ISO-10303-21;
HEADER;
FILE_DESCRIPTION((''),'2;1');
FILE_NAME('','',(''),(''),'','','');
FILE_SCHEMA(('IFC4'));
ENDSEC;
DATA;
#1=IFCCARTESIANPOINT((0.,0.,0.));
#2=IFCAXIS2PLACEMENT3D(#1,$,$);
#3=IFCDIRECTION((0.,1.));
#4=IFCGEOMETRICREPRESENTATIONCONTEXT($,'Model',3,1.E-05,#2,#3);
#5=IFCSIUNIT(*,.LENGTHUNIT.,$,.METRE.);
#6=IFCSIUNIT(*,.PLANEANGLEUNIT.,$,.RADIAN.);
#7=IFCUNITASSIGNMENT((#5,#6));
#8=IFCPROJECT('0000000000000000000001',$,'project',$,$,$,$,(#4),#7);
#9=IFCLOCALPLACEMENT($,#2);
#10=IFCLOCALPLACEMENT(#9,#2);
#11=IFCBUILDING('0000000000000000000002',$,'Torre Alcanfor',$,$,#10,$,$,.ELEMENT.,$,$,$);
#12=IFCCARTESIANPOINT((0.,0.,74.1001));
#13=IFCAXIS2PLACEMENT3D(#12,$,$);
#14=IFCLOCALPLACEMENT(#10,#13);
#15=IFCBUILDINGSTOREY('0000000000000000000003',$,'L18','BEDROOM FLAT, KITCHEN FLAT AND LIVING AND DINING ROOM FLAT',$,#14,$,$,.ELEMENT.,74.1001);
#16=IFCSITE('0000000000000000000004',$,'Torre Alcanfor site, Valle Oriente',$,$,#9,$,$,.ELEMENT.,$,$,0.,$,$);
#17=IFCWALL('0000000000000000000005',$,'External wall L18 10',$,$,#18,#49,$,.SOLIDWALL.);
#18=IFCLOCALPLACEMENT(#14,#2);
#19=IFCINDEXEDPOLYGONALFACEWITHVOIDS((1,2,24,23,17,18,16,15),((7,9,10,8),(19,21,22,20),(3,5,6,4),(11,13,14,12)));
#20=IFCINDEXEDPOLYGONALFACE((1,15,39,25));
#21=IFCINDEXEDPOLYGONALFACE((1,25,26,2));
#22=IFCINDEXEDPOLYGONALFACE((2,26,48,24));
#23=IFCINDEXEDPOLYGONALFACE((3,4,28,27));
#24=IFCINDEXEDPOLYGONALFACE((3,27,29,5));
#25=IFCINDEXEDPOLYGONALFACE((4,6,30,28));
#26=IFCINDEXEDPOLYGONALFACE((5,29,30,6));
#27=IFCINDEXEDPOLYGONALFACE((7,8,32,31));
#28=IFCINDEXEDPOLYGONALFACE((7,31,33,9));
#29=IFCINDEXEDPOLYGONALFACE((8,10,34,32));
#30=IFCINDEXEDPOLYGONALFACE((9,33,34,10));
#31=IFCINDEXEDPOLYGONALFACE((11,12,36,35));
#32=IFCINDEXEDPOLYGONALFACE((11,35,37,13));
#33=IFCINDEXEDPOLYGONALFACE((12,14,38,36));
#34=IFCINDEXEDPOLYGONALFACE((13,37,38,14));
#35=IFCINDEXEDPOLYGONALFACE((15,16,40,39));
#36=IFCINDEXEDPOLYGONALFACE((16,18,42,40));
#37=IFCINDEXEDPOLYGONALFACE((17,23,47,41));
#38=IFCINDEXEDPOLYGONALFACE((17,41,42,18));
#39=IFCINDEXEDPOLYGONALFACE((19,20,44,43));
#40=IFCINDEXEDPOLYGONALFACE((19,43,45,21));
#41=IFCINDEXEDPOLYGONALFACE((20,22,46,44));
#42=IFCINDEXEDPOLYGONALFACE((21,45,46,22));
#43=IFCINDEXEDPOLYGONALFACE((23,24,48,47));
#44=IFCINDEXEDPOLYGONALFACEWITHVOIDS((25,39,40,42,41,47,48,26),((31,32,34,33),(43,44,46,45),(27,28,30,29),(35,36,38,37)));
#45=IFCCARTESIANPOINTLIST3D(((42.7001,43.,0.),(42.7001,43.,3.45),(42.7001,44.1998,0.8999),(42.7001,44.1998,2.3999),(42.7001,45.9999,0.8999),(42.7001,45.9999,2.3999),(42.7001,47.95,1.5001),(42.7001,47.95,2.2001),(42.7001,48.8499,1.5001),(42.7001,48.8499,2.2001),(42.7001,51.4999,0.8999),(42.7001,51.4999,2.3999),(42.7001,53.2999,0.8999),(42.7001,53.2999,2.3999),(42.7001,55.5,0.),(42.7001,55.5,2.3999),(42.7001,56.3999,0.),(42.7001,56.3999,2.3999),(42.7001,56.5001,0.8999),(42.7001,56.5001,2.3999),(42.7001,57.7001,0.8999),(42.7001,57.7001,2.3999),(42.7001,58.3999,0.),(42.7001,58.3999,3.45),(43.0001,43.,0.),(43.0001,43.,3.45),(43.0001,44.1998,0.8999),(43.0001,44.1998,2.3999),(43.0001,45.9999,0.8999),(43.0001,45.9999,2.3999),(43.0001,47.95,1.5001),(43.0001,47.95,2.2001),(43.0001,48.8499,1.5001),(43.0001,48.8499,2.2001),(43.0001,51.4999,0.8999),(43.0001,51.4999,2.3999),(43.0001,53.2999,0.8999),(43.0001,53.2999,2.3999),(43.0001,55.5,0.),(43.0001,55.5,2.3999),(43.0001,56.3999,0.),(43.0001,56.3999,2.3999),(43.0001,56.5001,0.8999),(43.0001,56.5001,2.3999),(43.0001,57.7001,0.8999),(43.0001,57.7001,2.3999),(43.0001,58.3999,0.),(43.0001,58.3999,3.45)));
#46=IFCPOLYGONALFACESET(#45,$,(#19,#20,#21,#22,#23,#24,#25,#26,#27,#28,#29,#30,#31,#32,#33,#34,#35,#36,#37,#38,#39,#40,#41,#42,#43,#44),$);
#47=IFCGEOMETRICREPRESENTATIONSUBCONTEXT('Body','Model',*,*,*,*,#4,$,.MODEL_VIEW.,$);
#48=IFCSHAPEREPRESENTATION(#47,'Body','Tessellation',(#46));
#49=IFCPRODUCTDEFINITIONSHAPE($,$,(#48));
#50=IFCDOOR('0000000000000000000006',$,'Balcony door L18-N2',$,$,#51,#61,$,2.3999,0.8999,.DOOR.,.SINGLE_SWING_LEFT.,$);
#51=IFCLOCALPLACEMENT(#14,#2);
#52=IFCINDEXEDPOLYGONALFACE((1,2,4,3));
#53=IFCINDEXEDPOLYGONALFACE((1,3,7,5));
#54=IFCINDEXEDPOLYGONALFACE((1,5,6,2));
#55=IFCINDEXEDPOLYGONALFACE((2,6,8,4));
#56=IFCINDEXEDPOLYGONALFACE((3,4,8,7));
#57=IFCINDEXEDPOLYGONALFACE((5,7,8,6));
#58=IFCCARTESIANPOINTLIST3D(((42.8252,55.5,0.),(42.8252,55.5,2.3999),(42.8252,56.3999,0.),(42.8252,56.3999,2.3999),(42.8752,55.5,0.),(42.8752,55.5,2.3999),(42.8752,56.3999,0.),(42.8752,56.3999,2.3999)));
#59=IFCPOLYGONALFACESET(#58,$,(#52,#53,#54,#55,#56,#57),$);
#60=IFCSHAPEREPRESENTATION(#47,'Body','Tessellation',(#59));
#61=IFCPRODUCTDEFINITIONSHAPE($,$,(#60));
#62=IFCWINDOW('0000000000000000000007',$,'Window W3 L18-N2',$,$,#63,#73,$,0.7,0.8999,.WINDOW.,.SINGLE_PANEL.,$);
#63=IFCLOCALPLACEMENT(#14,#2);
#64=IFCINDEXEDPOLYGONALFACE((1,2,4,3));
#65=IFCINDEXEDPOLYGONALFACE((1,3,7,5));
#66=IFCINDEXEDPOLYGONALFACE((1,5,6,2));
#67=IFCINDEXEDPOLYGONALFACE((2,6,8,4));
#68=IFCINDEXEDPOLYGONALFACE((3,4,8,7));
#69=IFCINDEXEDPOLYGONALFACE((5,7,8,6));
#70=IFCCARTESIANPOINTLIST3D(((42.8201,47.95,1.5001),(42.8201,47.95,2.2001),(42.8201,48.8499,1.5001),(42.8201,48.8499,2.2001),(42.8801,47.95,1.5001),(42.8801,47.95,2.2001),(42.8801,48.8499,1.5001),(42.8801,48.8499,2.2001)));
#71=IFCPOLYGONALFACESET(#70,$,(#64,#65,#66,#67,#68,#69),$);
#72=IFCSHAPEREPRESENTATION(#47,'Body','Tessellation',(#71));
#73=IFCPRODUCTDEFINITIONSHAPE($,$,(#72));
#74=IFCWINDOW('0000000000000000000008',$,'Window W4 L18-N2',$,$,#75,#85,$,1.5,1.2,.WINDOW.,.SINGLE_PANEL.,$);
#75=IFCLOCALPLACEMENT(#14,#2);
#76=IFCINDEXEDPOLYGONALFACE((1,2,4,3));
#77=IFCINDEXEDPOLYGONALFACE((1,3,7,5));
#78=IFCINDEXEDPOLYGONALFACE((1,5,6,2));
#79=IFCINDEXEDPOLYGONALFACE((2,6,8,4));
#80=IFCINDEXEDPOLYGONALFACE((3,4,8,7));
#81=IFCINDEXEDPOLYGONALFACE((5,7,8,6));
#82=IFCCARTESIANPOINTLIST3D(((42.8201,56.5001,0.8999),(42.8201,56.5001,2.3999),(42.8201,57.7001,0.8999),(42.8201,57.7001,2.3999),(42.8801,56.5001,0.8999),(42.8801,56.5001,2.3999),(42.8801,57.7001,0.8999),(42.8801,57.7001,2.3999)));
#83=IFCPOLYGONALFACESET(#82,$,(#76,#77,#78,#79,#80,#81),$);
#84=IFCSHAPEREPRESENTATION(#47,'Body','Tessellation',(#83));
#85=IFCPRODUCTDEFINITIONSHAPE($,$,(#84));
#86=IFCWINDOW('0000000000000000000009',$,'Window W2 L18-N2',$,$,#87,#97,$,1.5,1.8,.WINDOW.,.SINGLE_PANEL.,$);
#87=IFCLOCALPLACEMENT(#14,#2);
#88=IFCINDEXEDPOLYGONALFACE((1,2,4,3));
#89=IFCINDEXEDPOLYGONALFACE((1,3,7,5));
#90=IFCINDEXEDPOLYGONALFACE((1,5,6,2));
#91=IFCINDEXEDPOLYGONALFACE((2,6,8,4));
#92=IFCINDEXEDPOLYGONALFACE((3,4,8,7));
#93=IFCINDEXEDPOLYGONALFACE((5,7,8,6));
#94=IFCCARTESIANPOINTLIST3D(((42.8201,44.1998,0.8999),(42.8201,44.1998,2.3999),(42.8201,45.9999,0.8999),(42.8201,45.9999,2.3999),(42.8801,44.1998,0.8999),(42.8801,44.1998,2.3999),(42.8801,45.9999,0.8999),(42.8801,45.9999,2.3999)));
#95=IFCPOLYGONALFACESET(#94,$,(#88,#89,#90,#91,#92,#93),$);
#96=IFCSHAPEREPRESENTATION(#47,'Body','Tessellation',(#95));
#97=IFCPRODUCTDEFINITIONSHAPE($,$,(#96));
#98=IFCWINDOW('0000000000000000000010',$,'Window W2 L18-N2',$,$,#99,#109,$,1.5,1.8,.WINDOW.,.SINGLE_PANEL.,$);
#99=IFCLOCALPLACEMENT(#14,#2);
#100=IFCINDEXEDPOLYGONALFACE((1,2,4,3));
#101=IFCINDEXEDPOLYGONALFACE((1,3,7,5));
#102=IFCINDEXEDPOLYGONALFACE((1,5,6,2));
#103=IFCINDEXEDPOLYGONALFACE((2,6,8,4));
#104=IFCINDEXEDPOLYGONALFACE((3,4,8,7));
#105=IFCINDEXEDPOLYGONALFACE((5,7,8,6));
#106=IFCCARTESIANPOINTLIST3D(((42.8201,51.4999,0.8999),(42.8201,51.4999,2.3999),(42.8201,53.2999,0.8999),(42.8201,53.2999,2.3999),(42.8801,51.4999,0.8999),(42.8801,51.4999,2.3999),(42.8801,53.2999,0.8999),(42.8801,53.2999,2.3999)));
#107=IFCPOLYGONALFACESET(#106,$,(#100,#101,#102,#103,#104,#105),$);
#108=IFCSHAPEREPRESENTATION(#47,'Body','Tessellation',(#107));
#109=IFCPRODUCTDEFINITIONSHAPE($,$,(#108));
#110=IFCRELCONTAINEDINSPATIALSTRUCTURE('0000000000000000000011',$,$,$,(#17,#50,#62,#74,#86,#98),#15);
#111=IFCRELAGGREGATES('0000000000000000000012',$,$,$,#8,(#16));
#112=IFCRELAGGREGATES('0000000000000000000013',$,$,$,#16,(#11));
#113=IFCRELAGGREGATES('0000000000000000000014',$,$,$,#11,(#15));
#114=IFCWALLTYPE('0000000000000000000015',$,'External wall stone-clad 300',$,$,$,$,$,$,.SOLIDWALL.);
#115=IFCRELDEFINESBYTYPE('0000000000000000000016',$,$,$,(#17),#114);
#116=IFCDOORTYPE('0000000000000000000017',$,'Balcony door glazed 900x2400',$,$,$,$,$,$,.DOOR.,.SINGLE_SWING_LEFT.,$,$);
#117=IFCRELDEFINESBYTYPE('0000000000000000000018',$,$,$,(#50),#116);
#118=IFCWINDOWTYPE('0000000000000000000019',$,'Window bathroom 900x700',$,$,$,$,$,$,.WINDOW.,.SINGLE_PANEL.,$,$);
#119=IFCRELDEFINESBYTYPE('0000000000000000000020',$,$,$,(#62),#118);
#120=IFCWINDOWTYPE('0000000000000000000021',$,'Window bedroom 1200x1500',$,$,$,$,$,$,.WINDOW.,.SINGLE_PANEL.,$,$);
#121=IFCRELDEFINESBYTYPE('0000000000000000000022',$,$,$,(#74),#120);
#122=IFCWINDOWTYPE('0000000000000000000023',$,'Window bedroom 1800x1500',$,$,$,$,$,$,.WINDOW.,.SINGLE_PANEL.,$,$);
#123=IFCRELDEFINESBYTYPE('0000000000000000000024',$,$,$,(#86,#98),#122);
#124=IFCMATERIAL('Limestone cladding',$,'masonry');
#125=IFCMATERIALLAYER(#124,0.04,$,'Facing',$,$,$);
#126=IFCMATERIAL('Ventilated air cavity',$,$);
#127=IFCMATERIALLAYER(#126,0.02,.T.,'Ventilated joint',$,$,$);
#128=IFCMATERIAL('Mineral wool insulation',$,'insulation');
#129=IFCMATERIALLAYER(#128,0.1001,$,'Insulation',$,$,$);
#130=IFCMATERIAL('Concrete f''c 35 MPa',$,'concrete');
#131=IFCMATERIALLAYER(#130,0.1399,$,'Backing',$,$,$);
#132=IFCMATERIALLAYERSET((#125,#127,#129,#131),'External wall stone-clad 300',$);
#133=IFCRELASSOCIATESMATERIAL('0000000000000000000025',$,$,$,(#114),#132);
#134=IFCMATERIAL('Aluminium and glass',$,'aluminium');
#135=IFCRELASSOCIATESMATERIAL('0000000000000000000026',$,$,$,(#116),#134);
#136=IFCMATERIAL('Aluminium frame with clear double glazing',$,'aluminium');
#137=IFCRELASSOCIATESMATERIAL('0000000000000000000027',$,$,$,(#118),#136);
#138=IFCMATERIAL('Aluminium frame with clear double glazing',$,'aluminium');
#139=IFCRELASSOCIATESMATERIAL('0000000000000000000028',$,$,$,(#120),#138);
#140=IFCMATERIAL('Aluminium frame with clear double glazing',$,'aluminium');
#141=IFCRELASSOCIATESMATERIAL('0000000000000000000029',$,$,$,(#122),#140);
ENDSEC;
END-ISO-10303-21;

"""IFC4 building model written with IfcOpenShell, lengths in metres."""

from ifc_helpers import new_model, si_unit, direction, frame, frame_2d, origin, place, context, subcontext, project, spatial, rectangle, extrude, material, layer, layer_set, type_object, element, fill, save


model = new_model("IFC4")

# Units and contexts
model_context = context("Model", 3, precision=1e-05, world=origin(), true_north=direction((0.0, 1.0)))
body_context = subcontext(model_context, "Body", "Model", "MODEL_VIEW")
ifc_project = project(units=[si_unit("LENGTHUNIT", "METRE"), si_unit("PLANEANGLEUNIT", "RADIAN")], contexts=[model_context])

# Site, building, storey
site_placement = place(None, origin())
site = spatial("IfcSite", under=ifc_project, at=site_placement, Name="Torre Alcanfor site, Valle Oriente", CompositionType="ELEMENT", RefElevation=0.0)
building_placement = place(site_placement, origin())
building = spatial("IfcBuilding", under=site, at=building_placement, Name="Torre Alcanfor", CompositionType="ELEMENT")
storey_placement = place(building_placement, frame((0.0, 0.0, 74.1001)))
storey = spatial("IfcBuildingStorey", under=building, at=storey_placement, Name="L18", Description="BEDROOM FLAT, KITCHEN FLAT AND LIVING AND DINING ROOM FLAT", CompositionType="ELEMENT", Elevation=74.1001)

# Wall, openings, door, windows
ifc_material_1 = material(Name="Limestone cladding", Category="masonry")
ifc_layer_1 = layer(ifc_material_1, 0.04, Name="Facing")
ifc_material_2 = material(Name="Ventilated air cavity")
ifc_layer_2 = layer(ifc_material_2, 0.02, ventilated=True, Name="Ventilated joint")
ifc_material_3 = material(Name="Mineral wool insulation", Category="insulation")
ifc_layer_3 = layer(ifc_material_3, 0.1001, Name="Insulation")
ifc_material_4 = material(Name="Concrete f'c 35 MPa", Category="concrete")
ifc_layer_4 = layer(ifc_material_4, 0.1399, Name="Backing")
ifc_layer_set_1 = layer_set([ifc_layer_1, ifc_layer_2, ifc_layer_3, ifc_layer_4], Name="External wall stone-clad 300")
wall_type_1 = type_object("IfcWallType", Name="External wall stone-clad 300", PredefinedType="SOLIDWALL", material=ifc_layer_set_1)
ifc_material_5 = material(Name="Aluminium and glass", Category="aluminium")
door_type = type_object("IfcDoorType", Name="Balcony door glazed 900x2400", OperationType="SINGLE_SWING_LEFT", PredefinedType="DOOR", material=ifc_material_5)
ifc_material_6 = material(Name="Aluminium frame with clear double glazing", Category="aluminium")
window_type_1 = type_object("IfcWindowType", Name="Window bathroom 900x700", PartitioningType="SINGLE_PANEL", PredefinedType="WINDOW", material=ifc_material_6)
ifc_material_7 = material(Name="Aluminium frame with clear double glazing", Category="aluminium")
window_type_2 = type_object("IfcWindowType", Name="Window bedroom 1200x1500", PartitioningType="SINGLE_PANEL", PredefinedType="WINDOW", material=ifc_material_7)
ifc_material_8 = material(Name="Aluminium frame with clear double glazing", Category="aluminium")
window_type_3 = type_object("IfcWindowType", Name="Window bedroom 1800x1500", PartitioningType="SINGLE_PANEL", PredefinedType="WINDOW", material=ifc_material_8)
wall_1_placement = place(storey_placement, frame((42.8501, 43.0, 0.0), z_axis=(0.0, 0.0, 1.0), x_axis=(0.0, 1.0, 0.0)))
wall_1 = element("IfcWall", 1, at=wall_1_placement, inside=storey, type_object=wall_type_1, Name="External wall L18 10", PredefinedType="SOLIDWALL", context=body_context, shape_type="SweptSolid", body=[
    extrude(rectangle(XDim=15.3999, YDim=0.3, at=frame_2d((7.7, 0.0))), origin(), (0.0, 0.0, 1.0), 3.45),
])
opening_1_placement = place(wall_1_placement, frame((1.2, 0.0, 0.8999)))
opening_1 = element("IfcOpeningElement", 2, at=opening_1_placement, cuts=wall_1, PredefinedType="OPENING", context=body_context, shape_type="SweptSolid", body=[
    extrude(rectangle(XDim=1.8, YDim=1.5, at=frame_2d((0.8999, 0.75))), frame((0.0, 0.1599, 0.0), z_axis=(0.0, -1.0, 0.0), x_axis=(1.0, 0.0, 0.0)), (0.0, 0.0, 1.0), 0.3201),
])
opening_2_placement = place(wall_1_placement, frame((4.95, 0.0, 1.5)))
opening_2 = element("IfcOpeningElement", 3, at=opening_2_placement, cuts=wall_1, PredefinedType="OPENING", context=body_context, shape_type="SweptSolid", body=[
    extrude(rectangle(XDim=0.8999, YDim=0.7, at=frame_2d((0.45, 0.3501))), frame((0.0, 0.1599, 0.0), z_axis=(0.0, -1.0, 0.0), x_axis=(1.0, 0.0, 0.0)), (0.0, 0.0, 1.0), 0.3201),
])
opening_3_placement = place(wall_1_placement, frame((8.5, 0.0, 0.8999)))
opening_3 = element("IfcOpeningElement", 4, at=opening_3_placement, cuts=wall_1, PredefinedType="OPENING", context=body_context, shape_type="SweptSolid", body=[
    extrude(rectangle(XDim=1.8, YDim=1.5, at=frame_2d((0.8999, 0.75))), frame((0.0, 0.1599, 0.0), z_axis=(0.0, -1.0, 0.0), x_axis=(1.0, 0.0, 0.0)), (0.0, 0.0, 1.0), 0.3201),
])
opening_4_placement = place(wall_1_placement, frame((12.5, 0.0, 0.0)))
opening_4 = element("IfcOpeningElement", 5, at=opening_4_placement, cuts=wall_1, PredefinedType="OPENING", context=body_context, shape_type="SweptSolid", body=[
    extrude(rectangle(XDim=0.8999, YDim=2.3999, at=frame_2d((0.45, 1.2))), frame((0.0, 0.1599, 0.0), z_axis=(0.0, -1.0, 0.0), x_axis=(1.0, 0.0, 0.0)), (0.0, 0.0, 1.0), 0.3201),
])
opening_5_placement = place(wall_1_placement, frame((13.5, 0.0, 0.8999)))
opening_5 = element("IfcOpeningElement", 6, at=opening_5_placement, cuts=wall_1, PredefinedType="OPENING", context=body_context, shape_type="SweptSolid", body=[
    extrude(rectangle(XDim=1.2, YDim=1.5, at=frame_2d((0.6001, 0.75))), frame((0.0, 0.1599, 0.0), z_axis=(0.0, -1.0, 0.0), x_axis=(1.0, 0.0, 0.0)), (0.0, 0.0, 1.0), 0.3201),
])
door_1_placement = place(opening_4_placement, origin())
door_1 = element("IfcDoor", 7, at=door_1_placement, inside=storey, type_object=door_type, Name="Balcony door L18-N2", OperationType="SINGLE_SWING_LEFT", OverallHeight=2.3999, OverallWidth=0.8999, PredefinedType="DOOR", context=body_context, shape_type="SweptSolid", body=[
    extrude(rectangle(XDim=0.8999, YDim=2.3999, at=frame_2d((0.45, 1.2))), frame((0.0, 0.0249, 0.0), z_axis=(0.0, -1.0, 0.0), x_axis=(1.0, 0.0, 0.0)), (0.0, 0.0, 1.0), 0.05),
])
fill(opening_4, door_1)
window_1_placement = place(opening_2_placement, origin())
window_1 = element("IfcWindow", 8, at=window_1_placement, inside=storey, type_object=window_type_1, Name="Window W3 L18-N2", OverallHeight=0.7, OverallWidth=0.8999, PartitioningType="SINGLE_PANEL", PredefinedType="WINDOW", context=body_context, shape_type="SweptSolid", body=[
    extrude(rectangle(XDim=0.8999, YDim=0.7, at=frame_2d((0.45, 0.3501))), frame((0.0, 0.03, 0.0), z_axis=(0.0, -1.0, 0.0), x_axis=(1.0, 0.0, 0.0)), (0.0, 0.0, 1.0), 0.0601),
])
fill(opening_2, window_1)
window_2_placement = place(opening_5_placement, origin())
window_2 = element("IfcWindow", 9, at=window_2_placement, inside=storey, type_object=window_type_2, Name="Window W4 L18-N2", OverallHeight=1.5, OverallWidth=1.2, PartitioningType="SINGLE_PANEL", PredefinedType="WINDOW", context=body_context, shape_type="SweptSolid", body=[
    extrude(rectangle(XDim=1.2, YDim=1.5, at=frame_2d((0.6001, 0.75))), frame((0.0, 0.03, 0.0), z_axis=(0.0, -1.0, 0.0), x_axis=(1.0, 0.0, 0.0)), (0.0, 0.0, 1.0), 0.0601),
])
fill(opening_5, window_2)
window_3_placement = place(opening_1_placement, origin())
window_3 = element("IfcWindow", 10, at=window_3_placement, inside=storey, type_object=window_type_3, Name="Window W2 L18-N2", OverallHeight=1.5, OverallWidth=1.8, PartitioningType="SINGLE_PANEL", PredefinedType="WINDOW", context=body_context, shape_type="SweptSolid", body=[
    extrude(rectangle(XDim=1.8, YDim=1.5, at=frame_2d((0.8999, 0.75))), frame((0.0, 0.03, 0.0), z_axis=(0.0, -1.0, 0.0), x_axis=(1.0, 0.0, 0.0)), (0.0, 0.0, 1.0), 0.0601),
])
fill(opening_1, window_3)
window_4_placement = place(opening_3_placement, origin())
window_4 = element("IfcWindow", 11, at=window_4_placement, inside=storey, type_object=window_type_3, Name="Window W2 L18-N2", OverallHeight=1.5, OverallWidth=1.8, PartitioningType="SINGLE_PANEL", PredefinedType="WINDOW", context=body_context, shape_type="SweptSolid", body=[
    extrude(rectangle(XDim=1.8, YDim=1.5, at=frame_2d((0.8999, 0.75))), frame((0.0, 0.03, 0.0), z_axis=(0.0, -1.0, 0.0), x_axis=(1.0, 0.0, 0.0)), (0.0, 0.0, 1.0), 0.0601),
])
fill(opening_3, window_4)

save(model, "model.ifc")
